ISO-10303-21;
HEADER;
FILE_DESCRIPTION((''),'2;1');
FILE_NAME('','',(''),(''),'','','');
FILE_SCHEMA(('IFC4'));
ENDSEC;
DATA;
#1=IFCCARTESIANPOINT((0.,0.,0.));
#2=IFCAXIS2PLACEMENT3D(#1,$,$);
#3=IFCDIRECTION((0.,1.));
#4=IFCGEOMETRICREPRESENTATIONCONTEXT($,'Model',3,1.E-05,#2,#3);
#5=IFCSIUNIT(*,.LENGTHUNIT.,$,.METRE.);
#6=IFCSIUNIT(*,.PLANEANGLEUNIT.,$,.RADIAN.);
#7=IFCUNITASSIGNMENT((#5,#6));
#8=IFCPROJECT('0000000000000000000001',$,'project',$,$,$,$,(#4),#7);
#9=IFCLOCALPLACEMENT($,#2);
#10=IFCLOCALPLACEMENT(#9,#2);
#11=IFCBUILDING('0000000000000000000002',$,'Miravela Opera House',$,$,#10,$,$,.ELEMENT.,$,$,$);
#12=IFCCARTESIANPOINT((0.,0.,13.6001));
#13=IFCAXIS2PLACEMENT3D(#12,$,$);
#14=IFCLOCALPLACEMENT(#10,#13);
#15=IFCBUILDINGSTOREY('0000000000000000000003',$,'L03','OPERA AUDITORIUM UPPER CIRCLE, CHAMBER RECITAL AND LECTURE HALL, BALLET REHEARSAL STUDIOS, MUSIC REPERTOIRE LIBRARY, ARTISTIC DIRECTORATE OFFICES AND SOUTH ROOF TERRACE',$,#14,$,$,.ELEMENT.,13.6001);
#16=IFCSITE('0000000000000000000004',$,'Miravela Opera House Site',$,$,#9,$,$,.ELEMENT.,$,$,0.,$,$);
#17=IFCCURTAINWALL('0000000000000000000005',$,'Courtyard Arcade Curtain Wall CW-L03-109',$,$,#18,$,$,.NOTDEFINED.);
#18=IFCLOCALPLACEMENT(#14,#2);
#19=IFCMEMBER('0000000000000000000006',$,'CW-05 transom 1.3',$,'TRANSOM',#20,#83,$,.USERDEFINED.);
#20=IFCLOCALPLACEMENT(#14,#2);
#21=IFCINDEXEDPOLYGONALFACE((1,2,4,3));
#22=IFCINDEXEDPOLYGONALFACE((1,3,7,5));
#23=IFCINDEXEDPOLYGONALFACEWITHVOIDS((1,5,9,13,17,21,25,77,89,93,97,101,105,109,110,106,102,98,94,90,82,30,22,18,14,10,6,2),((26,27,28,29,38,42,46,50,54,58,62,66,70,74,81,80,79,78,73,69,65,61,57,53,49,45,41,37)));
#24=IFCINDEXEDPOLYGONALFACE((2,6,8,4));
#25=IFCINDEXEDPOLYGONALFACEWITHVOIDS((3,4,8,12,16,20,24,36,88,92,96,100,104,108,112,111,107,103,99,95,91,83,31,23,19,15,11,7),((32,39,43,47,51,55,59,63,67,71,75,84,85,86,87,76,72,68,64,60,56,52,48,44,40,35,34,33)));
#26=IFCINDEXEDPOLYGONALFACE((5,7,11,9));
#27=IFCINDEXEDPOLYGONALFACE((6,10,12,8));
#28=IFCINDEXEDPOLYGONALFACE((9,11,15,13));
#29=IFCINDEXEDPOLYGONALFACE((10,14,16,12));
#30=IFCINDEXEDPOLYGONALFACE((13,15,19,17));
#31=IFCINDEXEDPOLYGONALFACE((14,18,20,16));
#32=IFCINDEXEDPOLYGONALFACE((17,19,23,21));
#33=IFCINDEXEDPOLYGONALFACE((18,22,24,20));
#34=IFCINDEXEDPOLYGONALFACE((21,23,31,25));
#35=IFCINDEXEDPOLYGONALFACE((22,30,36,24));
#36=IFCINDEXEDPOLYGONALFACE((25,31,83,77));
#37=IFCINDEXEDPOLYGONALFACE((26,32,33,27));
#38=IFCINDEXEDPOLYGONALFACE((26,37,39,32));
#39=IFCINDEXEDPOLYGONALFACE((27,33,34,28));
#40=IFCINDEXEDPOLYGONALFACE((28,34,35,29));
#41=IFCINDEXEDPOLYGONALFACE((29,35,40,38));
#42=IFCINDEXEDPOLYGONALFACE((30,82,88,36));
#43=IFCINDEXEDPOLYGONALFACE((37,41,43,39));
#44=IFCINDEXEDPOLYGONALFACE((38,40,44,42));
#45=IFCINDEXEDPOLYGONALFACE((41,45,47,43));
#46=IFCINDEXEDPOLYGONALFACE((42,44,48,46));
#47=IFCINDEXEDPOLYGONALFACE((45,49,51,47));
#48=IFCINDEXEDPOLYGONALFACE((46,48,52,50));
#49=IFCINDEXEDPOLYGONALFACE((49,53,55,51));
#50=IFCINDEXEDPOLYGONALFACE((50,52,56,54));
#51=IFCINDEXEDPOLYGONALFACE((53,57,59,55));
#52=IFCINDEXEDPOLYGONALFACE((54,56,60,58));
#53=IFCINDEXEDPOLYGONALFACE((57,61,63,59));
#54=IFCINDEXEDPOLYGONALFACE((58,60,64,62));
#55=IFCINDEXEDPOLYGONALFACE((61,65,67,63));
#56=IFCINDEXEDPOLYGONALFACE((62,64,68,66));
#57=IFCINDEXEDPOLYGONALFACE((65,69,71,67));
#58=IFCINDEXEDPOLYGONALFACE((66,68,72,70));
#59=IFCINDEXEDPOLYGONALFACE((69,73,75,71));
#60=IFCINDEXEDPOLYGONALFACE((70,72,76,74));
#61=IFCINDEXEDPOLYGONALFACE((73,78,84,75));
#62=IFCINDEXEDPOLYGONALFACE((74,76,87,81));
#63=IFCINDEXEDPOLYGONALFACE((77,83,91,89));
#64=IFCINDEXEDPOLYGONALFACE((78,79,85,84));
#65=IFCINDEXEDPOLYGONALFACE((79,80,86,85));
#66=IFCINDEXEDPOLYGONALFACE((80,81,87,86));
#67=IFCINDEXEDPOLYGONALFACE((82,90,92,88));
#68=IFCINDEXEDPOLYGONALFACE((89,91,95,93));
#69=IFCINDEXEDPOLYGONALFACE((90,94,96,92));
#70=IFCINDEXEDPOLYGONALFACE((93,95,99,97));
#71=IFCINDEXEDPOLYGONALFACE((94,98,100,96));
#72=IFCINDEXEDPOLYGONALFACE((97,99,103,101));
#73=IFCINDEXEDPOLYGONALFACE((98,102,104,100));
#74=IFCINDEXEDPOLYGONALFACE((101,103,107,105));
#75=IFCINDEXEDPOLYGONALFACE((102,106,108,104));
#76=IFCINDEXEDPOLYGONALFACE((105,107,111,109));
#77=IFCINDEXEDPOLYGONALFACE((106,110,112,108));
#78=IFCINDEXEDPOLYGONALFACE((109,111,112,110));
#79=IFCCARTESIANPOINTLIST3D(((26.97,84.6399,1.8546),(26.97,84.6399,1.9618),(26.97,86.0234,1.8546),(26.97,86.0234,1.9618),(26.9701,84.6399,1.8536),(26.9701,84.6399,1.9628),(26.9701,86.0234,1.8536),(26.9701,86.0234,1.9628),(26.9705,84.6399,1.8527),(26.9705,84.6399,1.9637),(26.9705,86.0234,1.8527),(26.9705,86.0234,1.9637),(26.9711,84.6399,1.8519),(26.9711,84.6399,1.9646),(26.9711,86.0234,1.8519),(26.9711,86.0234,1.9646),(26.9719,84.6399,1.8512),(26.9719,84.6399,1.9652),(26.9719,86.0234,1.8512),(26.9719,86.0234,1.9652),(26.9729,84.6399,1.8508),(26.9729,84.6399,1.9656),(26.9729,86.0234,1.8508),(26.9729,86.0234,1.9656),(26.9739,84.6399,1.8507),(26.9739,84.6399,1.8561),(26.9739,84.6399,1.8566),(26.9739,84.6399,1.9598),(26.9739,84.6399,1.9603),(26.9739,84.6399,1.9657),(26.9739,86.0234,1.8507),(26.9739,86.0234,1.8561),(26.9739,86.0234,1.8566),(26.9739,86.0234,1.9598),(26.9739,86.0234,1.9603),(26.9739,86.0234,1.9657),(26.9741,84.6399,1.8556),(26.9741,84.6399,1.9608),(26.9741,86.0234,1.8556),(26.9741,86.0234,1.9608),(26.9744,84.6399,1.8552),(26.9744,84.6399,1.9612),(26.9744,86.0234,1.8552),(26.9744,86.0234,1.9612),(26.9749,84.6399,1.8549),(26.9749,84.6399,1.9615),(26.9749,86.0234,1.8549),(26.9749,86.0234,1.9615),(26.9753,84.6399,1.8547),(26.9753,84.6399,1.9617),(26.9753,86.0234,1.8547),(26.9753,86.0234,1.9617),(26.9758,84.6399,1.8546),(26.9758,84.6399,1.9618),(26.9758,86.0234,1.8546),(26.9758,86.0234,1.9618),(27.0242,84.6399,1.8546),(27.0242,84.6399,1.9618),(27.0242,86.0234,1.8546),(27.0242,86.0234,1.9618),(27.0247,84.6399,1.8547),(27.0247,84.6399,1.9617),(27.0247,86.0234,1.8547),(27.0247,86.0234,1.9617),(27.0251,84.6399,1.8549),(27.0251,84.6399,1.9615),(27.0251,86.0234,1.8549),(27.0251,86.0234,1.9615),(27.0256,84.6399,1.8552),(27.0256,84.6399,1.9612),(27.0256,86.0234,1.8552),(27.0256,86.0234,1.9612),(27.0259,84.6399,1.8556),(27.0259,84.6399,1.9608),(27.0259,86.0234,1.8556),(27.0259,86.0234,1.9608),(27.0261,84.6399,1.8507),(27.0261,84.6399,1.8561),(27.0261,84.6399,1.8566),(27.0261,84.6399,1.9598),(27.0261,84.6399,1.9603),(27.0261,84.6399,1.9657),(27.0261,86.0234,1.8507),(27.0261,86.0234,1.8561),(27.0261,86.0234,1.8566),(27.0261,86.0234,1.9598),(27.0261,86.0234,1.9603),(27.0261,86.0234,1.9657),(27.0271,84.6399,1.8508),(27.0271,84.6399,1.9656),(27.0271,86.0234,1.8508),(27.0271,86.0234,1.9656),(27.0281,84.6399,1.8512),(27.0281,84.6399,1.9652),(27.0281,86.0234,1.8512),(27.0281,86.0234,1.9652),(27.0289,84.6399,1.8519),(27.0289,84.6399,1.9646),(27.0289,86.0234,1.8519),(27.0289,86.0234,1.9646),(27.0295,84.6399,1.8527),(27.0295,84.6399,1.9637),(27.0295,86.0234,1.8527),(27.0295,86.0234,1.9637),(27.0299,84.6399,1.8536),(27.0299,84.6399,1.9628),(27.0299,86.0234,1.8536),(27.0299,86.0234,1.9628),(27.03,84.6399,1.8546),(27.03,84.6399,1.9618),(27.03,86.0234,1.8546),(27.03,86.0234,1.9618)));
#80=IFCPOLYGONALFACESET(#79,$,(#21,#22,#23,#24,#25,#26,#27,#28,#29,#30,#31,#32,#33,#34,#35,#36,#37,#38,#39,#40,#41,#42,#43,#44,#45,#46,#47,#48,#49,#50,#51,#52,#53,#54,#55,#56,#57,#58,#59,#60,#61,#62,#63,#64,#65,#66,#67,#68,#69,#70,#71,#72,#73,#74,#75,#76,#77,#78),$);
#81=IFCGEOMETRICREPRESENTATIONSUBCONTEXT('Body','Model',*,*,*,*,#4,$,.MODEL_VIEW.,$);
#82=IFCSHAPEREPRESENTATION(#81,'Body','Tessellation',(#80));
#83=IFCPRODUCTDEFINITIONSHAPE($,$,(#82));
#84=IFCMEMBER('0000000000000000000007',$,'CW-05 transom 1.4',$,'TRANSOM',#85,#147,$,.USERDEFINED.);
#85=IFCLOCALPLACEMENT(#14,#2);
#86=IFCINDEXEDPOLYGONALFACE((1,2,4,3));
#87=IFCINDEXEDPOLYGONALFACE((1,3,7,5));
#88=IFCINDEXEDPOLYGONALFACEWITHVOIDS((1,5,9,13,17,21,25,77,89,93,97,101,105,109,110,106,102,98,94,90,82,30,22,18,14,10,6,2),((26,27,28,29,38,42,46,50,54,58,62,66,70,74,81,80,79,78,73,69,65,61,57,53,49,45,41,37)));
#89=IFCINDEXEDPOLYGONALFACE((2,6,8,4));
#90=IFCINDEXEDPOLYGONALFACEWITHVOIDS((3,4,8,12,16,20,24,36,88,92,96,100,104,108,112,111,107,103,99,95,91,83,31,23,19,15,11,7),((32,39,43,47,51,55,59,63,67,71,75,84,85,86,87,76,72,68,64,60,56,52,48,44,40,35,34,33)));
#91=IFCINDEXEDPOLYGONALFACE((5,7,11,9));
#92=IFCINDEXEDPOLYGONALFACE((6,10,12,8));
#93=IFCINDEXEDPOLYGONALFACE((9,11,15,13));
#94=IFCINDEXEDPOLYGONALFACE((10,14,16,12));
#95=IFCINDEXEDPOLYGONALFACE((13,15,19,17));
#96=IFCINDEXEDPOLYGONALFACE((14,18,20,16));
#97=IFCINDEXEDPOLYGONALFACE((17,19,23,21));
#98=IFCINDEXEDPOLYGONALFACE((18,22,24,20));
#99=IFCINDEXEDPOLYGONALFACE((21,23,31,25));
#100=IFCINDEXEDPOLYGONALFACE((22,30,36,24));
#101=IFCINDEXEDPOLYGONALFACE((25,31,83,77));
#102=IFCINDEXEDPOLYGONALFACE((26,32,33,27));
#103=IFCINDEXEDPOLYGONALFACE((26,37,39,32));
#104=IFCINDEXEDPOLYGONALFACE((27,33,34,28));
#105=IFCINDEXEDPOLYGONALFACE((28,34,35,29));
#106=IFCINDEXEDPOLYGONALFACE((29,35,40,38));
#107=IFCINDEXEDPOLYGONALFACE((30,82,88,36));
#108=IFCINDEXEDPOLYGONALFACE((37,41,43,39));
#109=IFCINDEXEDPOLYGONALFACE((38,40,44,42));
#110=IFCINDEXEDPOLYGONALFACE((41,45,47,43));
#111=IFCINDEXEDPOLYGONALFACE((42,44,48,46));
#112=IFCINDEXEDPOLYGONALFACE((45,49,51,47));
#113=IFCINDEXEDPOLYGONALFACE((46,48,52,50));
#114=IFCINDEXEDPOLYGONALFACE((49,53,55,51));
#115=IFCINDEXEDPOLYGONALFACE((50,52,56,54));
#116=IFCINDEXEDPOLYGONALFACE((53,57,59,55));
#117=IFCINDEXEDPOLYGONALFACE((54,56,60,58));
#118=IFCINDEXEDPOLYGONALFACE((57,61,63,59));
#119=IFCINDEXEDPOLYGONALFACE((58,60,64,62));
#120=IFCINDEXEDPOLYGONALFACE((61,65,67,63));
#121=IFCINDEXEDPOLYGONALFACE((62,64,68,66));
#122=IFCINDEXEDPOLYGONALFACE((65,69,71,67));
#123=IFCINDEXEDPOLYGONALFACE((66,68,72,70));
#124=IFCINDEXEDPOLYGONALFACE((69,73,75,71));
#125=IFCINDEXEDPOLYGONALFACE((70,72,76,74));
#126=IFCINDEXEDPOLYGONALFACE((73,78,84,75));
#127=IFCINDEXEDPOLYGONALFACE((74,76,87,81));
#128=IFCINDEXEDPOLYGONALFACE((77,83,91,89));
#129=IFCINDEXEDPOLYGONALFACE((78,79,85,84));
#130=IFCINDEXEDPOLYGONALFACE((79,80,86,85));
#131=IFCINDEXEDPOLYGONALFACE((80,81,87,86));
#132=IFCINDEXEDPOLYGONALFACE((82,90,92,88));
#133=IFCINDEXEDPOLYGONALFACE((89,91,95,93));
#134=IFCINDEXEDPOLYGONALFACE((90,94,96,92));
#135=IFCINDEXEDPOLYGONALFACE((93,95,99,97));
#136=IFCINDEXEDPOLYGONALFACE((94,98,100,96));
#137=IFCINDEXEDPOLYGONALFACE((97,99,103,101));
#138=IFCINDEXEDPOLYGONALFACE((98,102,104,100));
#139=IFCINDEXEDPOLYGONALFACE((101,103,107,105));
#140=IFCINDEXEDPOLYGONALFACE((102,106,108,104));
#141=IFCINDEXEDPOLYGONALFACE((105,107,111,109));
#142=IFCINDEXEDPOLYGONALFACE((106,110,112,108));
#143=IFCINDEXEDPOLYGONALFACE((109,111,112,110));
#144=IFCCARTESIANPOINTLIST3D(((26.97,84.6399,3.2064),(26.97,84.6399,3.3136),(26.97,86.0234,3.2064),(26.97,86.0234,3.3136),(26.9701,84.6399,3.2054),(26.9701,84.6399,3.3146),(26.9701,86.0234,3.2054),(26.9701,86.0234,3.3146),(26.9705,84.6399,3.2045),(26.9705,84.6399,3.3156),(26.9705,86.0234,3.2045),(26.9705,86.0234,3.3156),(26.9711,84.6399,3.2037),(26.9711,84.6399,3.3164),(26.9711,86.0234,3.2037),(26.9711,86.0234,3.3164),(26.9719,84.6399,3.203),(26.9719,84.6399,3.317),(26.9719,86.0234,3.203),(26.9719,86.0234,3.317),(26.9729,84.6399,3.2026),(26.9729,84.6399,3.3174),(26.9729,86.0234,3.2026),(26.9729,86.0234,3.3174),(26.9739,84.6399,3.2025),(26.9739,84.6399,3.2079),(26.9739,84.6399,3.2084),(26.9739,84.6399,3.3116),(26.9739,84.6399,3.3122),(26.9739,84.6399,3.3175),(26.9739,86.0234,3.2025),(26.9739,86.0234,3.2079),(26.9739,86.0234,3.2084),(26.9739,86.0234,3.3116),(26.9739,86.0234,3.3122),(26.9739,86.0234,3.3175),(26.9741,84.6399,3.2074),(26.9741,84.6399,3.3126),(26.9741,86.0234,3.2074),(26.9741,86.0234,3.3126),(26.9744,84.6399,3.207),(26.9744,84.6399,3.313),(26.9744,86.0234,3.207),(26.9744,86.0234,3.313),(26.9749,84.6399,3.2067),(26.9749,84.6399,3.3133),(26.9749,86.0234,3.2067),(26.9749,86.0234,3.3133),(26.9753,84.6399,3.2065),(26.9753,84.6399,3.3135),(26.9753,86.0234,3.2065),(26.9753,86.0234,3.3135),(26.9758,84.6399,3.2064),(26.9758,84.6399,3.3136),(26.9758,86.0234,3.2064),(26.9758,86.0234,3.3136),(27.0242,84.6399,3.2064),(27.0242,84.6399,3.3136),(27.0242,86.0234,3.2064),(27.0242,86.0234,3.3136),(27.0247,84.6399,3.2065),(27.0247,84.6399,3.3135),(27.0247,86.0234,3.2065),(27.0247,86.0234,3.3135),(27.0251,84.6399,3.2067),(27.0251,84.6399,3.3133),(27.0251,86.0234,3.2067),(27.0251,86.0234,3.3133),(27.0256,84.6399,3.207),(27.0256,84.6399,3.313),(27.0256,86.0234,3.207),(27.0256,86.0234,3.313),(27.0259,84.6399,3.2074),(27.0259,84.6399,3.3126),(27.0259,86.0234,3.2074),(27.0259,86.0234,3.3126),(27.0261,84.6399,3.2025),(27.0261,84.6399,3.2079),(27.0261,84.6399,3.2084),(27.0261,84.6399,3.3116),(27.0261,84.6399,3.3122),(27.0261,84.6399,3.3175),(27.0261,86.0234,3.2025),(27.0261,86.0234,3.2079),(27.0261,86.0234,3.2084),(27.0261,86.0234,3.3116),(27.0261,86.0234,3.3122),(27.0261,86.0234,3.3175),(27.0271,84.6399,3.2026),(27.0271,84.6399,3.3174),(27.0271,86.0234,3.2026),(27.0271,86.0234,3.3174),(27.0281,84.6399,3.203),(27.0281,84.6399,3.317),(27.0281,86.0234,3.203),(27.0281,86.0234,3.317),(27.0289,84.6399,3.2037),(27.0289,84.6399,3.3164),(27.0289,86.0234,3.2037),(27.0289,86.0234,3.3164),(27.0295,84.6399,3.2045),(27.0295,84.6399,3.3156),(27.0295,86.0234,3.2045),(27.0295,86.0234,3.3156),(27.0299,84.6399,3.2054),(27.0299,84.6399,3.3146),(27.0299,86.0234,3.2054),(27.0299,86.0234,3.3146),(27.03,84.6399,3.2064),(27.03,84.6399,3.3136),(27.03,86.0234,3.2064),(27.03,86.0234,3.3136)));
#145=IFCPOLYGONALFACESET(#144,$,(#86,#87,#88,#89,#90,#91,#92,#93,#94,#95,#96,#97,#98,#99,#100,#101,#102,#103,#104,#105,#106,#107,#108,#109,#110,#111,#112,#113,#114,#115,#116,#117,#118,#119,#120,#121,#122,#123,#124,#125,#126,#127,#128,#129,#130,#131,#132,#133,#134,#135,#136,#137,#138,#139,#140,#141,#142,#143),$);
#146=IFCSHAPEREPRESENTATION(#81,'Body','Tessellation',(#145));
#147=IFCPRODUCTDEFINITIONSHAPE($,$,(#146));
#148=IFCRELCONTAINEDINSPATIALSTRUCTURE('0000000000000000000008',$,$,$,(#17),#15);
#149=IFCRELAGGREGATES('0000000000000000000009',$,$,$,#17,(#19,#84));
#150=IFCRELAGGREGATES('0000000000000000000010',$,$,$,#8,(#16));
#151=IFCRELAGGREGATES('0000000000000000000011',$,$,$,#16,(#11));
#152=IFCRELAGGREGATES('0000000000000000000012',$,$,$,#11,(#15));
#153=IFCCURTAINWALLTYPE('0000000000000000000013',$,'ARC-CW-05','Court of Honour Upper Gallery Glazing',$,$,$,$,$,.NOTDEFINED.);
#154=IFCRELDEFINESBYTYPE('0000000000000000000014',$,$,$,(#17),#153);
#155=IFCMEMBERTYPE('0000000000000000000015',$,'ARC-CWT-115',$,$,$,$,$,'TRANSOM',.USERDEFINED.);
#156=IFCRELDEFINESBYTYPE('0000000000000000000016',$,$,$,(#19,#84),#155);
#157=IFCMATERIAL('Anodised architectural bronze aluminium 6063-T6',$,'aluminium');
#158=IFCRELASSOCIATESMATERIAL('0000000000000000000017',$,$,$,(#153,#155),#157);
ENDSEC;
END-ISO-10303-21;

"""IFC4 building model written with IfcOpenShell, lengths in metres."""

from ifc_helpers import new_model, si_unit, direction, frame, origin, origin_2d, place, context, subcontext, project, spatial, hollow_rectangle, extrude, material, material_profile, profile_set, type_object, element, aggregate, save


model = new_model("IFC4")

# Units and contexts
model_context = context("Model", 3, precision=1e-05, world=origin(), true_north=direction((0.0, 1.0)))
body_context = subcontext(model_context, "Body", "Model", "MODEL_VIEW")
ifc_project = project(units=[si_unit("LENGTHUNIT", "METRE"), si_unit("PLANEANGLEUNIT", "RADIAN")], contexts=[model_context])

# Site, building, storey
site_placement = place(None, origin())
site = spatial("IfcSite", under=ifc_project, at=site_placement, Name="Miravela Opera House Site", CompositionType="ELEMENT", RefElevation=0.0)
building_placement = place(site_placement, origin())
building = spatial("IfcBuilding", under=site, at=building_placement, Name="Miravela Opera House", CompositionType="ELEMENT")
storey_placement = place(building_placement, frame((0.0, 0.0, 13.6001)))
storey = spatial("IfcBuildingStorey", under=building, at=storey_placement, Name="L03", Description="OPERA AUDITORIUM UPPER CIRCLE, CHAMBER RECITAL AND LECTURE HALL, BALLET REHEARSAL STUDIOS, MUSIC REPERTOIRE LIBRARY, ARTISTIC DIRECTORATE OFFICES AND SOUTH ROOF TERRACE", CompositionType="ELEMENT", Elevation=13.6001)

# Curtain wall, members
ifc_material_1 = material(Name="Anodised architectural bronze aluminium 6063-T6", Category="aluminium")
curtain_wall_type = type_object("IfcCurtainWallType", Name="ARC-CW-05", Description="Court of Honour Upper Gallery Glazing", PredefinedType="NOTDEFINED", material=ifc_material_1)
curtain_wall_placement = place(storey_placement, origin())
curtain_wall = element("IfcCurtainWall", 1, at=curtain_wall_placement, inside=storey, type_object=curtain_wall_type, Name="Courtyard Arcade Curtain Wall CW-L03-109", PredefinedType="NOTDEFINED")
ifc_material_profile_1 = material_profile(ifc_material_1, hollow_rectangle(XDim=0.0601, YDim=0.115, WallThickness=0.0039, InnerFilletRadius=0.002, OuterFilletRadius=0.0039, at=origin_2d()), Name="CWT-60X115")
ifc_profile_set_1 = profile_set([ifc_material_profile_1])
member_type_1 = type_object("IfcMemberType", Name="ARC-CWT-115", ElementType="TRANSOM", PredefinedType="USERDEFINED", material=ifc_profile_set_1)
member_1_placement = place(storey_placement, frame((27.0, 84.6399, 1.9082), z_axis=(0.0, 1.0, 0.0), x_axis=(-1.0, 0.0, 0.0)))
member_1 = element("IfcMember", 2, at=member_1_placement, type_object=member_type_1, Name="CW-05 transom 1.3", ObjectType="TRANSOM", PredefinedType="USERDEFINED", context=body_context, shape_type="SweptSolid", body=[
    extrude(hollow_rectangle(XDim=0.0601, YDim=0.115, WallThickness=0.0039, InnerFilletRadius=0.002, OuterFilletRadius=0.0039, at=origin_2d()), origin(), (0.0, 0.0, 1.0), 1.3835),
])
member_2_placement = place(storey_placement, frame((27.0, 84.6399, 3.26), z_axis=(0.0, 1.0, 0.0), x_axis=(-1.0, 0.0, 0.0)))
member_2 = element("IfcMember", 3, at=member_2_placement, type_object=member_type_1, Name="CW-05 transom 1.4", ObjectType="TRANSOM", PredefinedType="USERDEFINED", context=body_context, shape_type="SweptSolid", body=[
    extrude(hollow_rectangle(XDim=0.0601, YDim=0.115, WallThickness=0.0039, InnerFilletRadius=0.002, OuterFilletRadius=0.0039, at=origin_2d()), origin(), (0.0, 0.0, 1.0), 1.3835),
])

aggregate(curtain_wall, [member_1, member_2])

save(model, "model.ifc")
